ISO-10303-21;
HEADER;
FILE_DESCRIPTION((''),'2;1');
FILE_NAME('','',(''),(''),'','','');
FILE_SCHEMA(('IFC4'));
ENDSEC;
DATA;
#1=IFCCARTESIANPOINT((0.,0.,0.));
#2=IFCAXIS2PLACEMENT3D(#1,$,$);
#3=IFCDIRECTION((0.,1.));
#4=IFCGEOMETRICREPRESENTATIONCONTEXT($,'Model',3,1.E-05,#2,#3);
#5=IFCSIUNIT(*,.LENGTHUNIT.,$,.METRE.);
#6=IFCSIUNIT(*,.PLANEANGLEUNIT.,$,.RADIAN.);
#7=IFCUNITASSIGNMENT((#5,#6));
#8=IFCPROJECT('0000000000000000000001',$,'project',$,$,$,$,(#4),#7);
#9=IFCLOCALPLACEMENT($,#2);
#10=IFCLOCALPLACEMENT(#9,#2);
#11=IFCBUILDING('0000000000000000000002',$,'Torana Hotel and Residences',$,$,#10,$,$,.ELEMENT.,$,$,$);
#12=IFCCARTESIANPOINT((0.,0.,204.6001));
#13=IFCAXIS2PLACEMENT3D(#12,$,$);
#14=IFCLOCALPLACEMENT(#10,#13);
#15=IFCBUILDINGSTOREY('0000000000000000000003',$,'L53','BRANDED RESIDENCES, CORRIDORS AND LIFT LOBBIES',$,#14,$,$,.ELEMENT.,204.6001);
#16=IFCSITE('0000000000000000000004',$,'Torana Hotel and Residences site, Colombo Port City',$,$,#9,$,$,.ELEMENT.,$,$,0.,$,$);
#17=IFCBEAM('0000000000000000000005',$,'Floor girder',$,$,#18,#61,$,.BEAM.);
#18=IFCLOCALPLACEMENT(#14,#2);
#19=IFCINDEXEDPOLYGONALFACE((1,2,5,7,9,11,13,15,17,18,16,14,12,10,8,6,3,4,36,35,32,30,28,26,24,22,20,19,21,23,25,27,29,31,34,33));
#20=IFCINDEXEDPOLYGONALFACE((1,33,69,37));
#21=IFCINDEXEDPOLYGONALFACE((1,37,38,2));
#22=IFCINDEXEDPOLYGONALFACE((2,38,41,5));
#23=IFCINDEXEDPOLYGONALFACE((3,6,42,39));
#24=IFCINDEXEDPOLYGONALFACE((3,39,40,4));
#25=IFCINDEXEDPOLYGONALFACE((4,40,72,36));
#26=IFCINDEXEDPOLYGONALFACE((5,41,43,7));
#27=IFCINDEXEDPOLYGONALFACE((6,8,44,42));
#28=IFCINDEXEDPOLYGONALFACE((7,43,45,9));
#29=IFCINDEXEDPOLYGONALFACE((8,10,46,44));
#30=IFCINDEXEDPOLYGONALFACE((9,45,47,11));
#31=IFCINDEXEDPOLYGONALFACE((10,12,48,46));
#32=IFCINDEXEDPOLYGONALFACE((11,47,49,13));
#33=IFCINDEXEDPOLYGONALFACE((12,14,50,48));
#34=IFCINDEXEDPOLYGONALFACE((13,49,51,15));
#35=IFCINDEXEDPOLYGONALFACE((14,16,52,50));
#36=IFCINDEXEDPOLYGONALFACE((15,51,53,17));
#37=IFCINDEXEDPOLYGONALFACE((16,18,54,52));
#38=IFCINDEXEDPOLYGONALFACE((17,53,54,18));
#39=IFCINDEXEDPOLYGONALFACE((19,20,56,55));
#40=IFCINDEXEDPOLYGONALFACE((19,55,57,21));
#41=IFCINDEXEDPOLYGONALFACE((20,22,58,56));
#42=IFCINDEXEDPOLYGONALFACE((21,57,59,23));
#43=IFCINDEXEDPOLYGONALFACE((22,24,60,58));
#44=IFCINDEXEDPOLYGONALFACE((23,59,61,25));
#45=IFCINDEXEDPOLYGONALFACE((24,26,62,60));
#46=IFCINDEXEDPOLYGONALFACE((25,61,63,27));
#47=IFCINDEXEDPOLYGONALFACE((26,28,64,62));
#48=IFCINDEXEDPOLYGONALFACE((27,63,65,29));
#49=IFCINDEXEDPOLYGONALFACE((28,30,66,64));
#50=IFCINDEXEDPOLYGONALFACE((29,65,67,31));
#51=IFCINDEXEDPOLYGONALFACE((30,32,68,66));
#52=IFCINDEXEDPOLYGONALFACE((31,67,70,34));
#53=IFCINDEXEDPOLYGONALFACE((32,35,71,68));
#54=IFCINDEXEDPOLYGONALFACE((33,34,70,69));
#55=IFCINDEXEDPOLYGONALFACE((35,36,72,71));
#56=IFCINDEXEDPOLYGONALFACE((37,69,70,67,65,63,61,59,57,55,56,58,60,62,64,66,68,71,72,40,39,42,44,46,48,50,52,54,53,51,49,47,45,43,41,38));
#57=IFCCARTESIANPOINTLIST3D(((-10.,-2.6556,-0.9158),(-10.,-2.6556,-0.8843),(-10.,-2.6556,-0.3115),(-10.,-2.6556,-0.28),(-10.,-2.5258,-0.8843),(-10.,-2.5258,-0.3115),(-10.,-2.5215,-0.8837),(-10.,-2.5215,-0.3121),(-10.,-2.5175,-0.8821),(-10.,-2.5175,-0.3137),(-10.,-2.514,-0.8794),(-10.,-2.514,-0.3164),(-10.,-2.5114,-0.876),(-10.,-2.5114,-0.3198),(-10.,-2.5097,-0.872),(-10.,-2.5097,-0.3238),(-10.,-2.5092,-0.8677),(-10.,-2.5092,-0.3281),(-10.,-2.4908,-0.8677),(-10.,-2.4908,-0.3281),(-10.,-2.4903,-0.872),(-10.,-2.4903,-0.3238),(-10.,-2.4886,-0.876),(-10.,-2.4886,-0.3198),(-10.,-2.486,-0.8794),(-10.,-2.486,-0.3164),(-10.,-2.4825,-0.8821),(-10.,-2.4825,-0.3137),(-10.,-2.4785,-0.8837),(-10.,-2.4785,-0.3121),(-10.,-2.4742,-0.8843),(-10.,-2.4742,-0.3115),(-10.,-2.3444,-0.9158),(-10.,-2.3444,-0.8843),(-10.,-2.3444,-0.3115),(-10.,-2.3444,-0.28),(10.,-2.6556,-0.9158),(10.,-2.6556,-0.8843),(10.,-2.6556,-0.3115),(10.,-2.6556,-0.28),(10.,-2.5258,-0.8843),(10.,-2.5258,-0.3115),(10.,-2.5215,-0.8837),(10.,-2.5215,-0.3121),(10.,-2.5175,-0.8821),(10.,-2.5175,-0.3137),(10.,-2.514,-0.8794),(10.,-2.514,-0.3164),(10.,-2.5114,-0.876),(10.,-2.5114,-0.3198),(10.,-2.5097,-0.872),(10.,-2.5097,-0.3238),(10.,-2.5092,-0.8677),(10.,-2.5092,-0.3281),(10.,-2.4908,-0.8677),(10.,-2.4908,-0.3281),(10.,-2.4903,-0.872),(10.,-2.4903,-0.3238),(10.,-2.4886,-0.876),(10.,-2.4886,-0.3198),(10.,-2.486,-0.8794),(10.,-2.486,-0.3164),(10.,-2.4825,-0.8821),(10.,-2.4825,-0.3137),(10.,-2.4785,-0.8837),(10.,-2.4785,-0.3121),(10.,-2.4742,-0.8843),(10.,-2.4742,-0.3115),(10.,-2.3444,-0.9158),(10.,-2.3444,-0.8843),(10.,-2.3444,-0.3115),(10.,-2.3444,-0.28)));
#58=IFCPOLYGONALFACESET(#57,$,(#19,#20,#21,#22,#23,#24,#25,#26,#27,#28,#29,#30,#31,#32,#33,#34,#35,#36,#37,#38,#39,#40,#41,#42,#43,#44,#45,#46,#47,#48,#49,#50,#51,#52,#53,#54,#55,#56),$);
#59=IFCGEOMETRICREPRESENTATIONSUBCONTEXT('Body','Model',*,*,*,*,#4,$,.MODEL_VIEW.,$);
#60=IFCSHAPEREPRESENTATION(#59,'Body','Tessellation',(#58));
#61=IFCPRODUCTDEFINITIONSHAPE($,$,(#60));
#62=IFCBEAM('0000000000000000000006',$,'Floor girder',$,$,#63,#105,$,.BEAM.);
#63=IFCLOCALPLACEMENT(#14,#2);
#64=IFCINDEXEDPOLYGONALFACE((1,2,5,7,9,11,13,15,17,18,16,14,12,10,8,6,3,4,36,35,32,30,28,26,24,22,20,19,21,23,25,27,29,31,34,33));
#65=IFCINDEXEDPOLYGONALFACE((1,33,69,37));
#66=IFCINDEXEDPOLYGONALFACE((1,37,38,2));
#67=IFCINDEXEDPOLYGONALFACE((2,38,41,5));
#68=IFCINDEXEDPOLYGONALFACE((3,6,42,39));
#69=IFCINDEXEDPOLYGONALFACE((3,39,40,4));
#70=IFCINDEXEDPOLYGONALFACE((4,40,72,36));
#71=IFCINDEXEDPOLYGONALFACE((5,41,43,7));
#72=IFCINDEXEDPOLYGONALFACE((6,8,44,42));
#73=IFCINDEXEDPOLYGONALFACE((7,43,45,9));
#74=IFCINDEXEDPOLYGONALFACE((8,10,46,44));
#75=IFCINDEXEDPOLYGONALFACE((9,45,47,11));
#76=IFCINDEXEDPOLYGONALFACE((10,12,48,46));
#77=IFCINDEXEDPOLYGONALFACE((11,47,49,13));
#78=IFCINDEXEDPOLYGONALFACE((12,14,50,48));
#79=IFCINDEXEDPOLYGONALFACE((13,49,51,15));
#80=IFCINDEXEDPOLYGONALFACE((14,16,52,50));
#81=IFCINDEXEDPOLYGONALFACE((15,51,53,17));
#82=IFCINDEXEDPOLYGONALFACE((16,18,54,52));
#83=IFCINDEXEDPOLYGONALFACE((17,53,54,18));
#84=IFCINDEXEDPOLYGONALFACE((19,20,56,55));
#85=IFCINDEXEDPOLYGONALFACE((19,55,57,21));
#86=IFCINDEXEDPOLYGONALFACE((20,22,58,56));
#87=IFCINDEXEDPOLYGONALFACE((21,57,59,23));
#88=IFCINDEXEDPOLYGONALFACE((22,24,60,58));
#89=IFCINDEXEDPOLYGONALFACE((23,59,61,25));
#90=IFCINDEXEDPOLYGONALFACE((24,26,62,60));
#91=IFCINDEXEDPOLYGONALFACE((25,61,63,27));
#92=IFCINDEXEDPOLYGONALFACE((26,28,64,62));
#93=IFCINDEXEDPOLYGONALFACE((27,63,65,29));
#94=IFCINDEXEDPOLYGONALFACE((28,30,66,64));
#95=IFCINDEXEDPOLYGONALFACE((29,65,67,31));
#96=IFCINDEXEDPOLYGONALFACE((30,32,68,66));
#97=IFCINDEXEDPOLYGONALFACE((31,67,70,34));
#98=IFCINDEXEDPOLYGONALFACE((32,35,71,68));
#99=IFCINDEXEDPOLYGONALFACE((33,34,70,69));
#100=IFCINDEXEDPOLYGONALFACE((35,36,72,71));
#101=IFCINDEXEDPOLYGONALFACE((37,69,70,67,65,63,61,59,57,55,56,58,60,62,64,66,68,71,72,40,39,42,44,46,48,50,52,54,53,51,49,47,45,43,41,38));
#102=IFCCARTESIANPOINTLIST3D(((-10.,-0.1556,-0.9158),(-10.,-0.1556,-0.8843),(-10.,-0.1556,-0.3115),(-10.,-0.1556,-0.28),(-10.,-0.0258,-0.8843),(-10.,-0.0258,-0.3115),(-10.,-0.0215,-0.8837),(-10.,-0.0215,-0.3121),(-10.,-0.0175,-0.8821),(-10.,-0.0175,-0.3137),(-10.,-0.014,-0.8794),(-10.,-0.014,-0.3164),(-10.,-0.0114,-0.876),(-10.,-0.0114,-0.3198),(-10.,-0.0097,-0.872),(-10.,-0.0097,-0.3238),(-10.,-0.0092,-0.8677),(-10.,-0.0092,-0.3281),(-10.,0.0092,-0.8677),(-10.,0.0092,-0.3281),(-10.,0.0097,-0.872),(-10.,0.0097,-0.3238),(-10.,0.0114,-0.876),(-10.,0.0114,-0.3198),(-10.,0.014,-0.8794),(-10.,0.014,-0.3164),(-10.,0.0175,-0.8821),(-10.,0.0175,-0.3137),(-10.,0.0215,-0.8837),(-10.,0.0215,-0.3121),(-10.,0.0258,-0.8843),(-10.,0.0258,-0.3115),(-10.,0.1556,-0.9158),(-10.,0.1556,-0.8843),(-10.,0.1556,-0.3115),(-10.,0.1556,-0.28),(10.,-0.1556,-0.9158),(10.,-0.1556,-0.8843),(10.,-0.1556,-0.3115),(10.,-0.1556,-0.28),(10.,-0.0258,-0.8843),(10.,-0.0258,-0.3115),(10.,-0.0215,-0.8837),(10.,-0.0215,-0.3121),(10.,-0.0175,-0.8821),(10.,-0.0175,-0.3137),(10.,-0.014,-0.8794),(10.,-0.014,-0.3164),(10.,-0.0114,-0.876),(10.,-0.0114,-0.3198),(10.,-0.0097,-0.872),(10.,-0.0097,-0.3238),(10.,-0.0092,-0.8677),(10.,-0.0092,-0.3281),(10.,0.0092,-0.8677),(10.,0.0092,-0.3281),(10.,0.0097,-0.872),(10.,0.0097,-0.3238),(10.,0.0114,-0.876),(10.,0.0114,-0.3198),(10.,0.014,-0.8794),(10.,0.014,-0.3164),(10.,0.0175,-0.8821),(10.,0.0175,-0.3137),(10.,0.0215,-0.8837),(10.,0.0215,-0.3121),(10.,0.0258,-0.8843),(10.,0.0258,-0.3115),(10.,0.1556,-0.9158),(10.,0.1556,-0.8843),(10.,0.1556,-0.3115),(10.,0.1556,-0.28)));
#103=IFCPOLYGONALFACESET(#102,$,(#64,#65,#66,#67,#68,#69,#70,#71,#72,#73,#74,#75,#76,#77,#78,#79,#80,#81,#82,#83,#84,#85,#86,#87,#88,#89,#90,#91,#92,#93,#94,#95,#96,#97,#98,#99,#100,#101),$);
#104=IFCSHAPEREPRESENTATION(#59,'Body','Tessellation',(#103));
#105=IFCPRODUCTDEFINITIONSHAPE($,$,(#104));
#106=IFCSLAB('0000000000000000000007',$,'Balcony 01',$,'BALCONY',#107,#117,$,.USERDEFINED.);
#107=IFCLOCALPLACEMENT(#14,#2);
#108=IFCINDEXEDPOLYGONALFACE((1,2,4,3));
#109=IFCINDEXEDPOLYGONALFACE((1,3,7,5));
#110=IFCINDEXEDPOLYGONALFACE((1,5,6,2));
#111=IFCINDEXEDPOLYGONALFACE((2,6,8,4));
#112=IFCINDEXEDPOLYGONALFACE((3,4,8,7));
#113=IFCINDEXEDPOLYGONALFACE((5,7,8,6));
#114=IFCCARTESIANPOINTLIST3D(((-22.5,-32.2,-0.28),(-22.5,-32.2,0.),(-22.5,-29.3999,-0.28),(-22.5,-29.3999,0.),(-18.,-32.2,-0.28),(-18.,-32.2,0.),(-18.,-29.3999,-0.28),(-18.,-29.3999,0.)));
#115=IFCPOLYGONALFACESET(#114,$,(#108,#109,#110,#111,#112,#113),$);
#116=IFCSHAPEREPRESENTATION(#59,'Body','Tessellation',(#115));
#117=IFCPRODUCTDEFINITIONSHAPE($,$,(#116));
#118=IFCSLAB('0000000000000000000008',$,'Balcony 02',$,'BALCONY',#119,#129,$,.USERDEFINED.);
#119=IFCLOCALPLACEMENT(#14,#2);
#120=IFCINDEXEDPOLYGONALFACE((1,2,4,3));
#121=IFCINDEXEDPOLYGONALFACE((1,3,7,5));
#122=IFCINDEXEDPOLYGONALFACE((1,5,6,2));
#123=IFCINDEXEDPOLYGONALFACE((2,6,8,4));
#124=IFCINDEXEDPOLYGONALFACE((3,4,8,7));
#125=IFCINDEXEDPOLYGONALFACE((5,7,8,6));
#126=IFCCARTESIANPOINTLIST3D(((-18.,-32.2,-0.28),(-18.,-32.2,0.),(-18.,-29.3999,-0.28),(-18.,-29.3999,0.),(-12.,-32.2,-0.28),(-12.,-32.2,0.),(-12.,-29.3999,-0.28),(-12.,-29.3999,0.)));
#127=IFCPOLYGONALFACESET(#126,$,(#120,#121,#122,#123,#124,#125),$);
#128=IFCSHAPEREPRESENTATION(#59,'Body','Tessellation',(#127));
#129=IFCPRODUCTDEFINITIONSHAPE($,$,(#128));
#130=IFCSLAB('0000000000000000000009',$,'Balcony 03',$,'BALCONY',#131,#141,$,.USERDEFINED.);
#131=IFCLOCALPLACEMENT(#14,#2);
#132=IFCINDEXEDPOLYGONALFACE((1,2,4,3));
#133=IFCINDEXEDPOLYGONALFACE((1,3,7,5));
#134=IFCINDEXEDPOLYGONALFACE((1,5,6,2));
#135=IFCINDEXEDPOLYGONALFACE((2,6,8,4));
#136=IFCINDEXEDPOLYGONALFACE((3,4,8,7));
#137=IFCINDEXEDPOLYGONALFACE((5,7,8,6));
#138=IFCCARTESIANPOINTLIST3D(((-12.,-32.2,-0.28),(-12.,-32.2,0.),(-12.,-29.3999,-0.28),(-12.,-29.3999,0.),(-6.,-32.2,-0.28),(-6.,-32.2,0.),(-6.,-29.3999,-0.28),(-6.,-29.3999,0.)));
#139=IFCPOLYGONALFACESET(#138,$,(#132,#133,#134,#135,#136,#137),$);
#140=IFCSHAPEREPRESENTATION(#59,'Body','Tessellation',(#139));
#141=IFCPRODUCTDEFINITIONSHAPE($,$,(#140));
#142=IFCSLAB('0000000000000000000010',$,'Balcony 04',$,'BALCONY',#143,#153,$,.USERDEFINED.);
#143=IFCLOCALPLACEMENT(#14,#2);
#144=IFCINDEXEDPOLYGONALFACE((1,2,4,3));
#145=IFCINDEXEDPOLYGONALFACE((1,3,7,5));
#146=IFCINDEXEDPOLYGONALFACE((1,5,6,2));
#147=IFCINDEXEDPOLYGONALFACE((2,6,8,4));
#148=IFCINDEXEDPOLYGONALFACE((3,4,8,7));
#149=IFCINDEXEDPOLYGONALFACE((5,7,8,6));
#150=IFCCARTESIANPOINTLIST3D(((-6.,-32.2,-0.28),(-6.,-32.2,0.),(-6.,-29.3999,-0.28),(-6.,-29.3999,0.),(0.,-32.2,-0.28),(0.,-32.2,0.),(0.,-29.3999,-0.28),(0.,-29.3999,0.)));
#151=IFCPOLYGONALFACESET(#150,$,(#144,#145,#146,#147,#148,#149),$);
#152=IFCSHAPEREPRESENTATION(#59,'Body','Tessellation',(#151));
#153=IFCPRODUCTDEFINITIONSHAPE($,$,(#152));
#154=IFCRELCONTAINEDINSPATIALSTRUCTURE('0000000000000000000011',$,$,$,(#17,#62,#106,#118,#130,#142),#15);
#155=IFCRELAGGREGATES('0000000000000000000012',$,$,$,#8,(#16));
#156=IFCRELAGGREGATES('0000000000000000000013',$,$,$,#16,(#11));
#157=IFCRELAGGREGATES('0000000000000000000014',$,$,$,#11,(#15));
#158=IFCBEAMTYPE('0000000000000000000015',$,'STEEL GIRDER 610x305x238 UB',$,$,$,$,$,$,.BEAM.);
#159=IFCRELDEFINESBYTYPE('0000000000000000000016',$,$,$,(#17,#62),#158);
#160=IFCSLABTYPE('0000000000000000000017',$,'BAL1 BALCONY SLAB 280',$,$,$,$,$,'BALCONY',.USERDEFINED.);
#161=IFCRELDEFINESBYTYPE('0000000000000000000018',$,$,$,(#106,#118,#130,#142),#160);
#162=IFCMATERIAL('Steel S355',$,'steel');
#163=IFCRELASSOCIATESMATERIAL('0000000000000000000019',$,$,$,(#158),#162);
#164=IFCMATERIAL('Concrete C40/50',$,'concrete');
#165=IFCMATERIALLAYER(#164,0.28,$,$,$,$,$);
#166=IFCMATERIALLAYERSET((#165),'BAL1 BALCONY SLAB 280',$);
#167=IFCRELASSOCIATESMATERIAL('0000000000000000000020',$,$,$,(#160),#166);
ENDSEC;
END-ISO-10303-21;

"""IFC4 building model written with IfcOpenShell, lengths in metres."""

from ifc_helpers import new_model, si_unit, direction, frame, origin, origin_2d, place, context, subcontext, project, spatial, polyline, i_section, outline, extrude, material, layer, layer_set, material_profile, profile_set, type_object, element, save


model = new_model("IFC4")

# Units and contexts
model_context = context("Model", 3, precision=1e-05, world=origin(), true_north=direction((0.0, 1.0)))
body_context = subcontext(model_context, "Body", "Model", "MODEL_VIEW")
ifc_project = project(units=[si_unit("LENGTHUNIT", "METRE"), si_unit("PLANEANGLEUNIT", "RADIAN")], contexts=[model_context])

# Site, building, storey
site_placement = place(None, origin())
site = spatial("IfcSite", under=ifc_project, at=site_placement, Name="Torana Hotel and Residences site, Colombo Port City", CompositionType="ELEMENT", RefElevation=0.0)
building_placement = place(site_placement, origin())
building = spatial("IfcBuilding", under=site, at=building_placement, Name="Torana Hotel and Residences", CompositionType="ELEMENT")
storey_placement = place(building_placement, frame((0.0, 0.0, 204.6001)))
storey = spatial("IfcBuildingStorey", under=building, at=storey_placement, Name="L53", Description="BRANDED RESIDENCES, CORRIDORS AND LIFT LOBBIES", CompositionType="ELEMENT", Elevation=204.6001)

# Beams
ifc_material_1 = material(Name="Steel S355", Category="steel")
ifc_material_profile = material_profile(ifc_material_1, i_section(OverallWidth=0.3113, OverallDepth=0.6357, WebThickness=0.0183, FlangeThickness=0.0315, FilletRadius=0.0166, at=origin_2d()), Name="610x305x238 UB")
ifc_profile_set = profile_set([ifc_material_profile], Name="Steel S355")
beam_type = type_object("IfcBeamType", Name="STEEL GIRDER 610x305x238 UB", PredefinedType="BEAM", material=ifc_profile_set)
for number, where, z_axis, x_axis, name in (
    (1, (-10.0, -2.5, -0.5979), (1.0, 0.0, 0.0), (0.0, 1.0, 0.0), "Floor girder"),
    (2, (-10.0, 0.0, -0.5979), (1.0, 0.0, 0.0), (0.0, 1.0, 0.0), "Floor girder"),
):
    element("IfcBeam", number, at=place(storey_placement, frame(where, z_axis=z_axis, x_axis=x_axis)), inside=storey, type_object=beam_type, Name=name, PredefinedType="BEAM", context=body_context, shape_type="SweptSolid", body=[
        extrude(i_section(OverallWidth=0.3113, OverallDepth=0.6357, WebThickness=0.0183, FlangeThickness=0.0315, FilletRadius=0.0166, at=origin_2d()), origin(), (0.0, 0.0, 1.0), 20.0),
    ])

# Slabs
ifc_material_2 = material(Name="Concrete C40/50", Category="concrete")
ifc_layer_1 = layer(ifc_material_2, 0.28)
ifc_layer_set_1 = layer_set([ifc_layer_1], Name="BAL1 BALCONY SLAB 280")
slab_type_1 = type_object("IfcSlabType", Name="BAL1 BALCONY SLAB 280", ElementType="BALCONY", PredefinedType="USERDEFINED", material=ifc_layer_set_1)
slab_1_placement = place(storey_placement, frame((0.0, 0.0, -0.28)))
element("IfcSlab", 3, at=slab_1_placement, inside=storey, type_object=slab_type_1, Name="Balcony 01", ObjectType="BALCONY", PredefinedType="USERDEFINED", context=body_context, shape_type="SweptSolid", body=[
    extrude(outline(polyline([(-22.5, -32.2), (-18.0, -32.2), (-18.0, -29.3999), (-22.5, -29.3999), (-22.5, -32.2)])), origin(), (0.0, 0.0, 1.0), 0.28),
])
slab_2_placement = place(storey_placement, frame((0.0, 0.0, -0.28)))
element("IfcSlab", 4, at=slab_2_placement, inside=storey, type_object=slab_type_1, Name="Balcony 02", ObjectType="BALCONY", PredefinedType="USERDEFINED", context=body_context, shape_type="SweptSolid", body=[
    extrude(outline(polyline([(-18.0, -32.2), (-12.0, -32.2), (-12.0, -29.3999), (-18.0, -29.3999), (-18.0, -32.2)])), origin(), (0.0, 0.0, 1.0), 0.28),
])
slab_3_placement = place(storey_placement, frame((0.0, 0.0, -0.28)))
element("IfcSlab", 5, at=slab_3_placement, inside=storey, type_object=slab_type_1, Name="Balcony 03", ObjectType="BALCONY", PredefinedType="USERDEFINED", context=body_context, shape_type="SweptSolid", body=[
    extrude(outline(polyline([(-12.0, -32.2), (-6.0, -32.2), (-6.0, -29.3999), (-12.0, -29.3999), (-12.0, -32.2)])), origin(), (0.0, 0.0, 1.0), 0.28),
])
slab_4_placement = place(storey_placement, frame((0.0, 0.0, -0.28)))
element("IfcSlab", 6, at=slab_4_placement, inside=storey, type_object=slab_type_1, Name="Balcony 04", ObjectType="BALCONY", PredefinedType="USERDEFINED", context=body_context, shape_type="SweptSolid", body=[
    extrude(outline(polyline([(-6.0, -32.2), (0.0, -32.2), (0.0, -29.3999), (-6.0, -29.3999), (-6.0, -32.2)])), origin(), (0.0, 0.0, 1.0), 0.28),
])

save(model, "model.ifc")
